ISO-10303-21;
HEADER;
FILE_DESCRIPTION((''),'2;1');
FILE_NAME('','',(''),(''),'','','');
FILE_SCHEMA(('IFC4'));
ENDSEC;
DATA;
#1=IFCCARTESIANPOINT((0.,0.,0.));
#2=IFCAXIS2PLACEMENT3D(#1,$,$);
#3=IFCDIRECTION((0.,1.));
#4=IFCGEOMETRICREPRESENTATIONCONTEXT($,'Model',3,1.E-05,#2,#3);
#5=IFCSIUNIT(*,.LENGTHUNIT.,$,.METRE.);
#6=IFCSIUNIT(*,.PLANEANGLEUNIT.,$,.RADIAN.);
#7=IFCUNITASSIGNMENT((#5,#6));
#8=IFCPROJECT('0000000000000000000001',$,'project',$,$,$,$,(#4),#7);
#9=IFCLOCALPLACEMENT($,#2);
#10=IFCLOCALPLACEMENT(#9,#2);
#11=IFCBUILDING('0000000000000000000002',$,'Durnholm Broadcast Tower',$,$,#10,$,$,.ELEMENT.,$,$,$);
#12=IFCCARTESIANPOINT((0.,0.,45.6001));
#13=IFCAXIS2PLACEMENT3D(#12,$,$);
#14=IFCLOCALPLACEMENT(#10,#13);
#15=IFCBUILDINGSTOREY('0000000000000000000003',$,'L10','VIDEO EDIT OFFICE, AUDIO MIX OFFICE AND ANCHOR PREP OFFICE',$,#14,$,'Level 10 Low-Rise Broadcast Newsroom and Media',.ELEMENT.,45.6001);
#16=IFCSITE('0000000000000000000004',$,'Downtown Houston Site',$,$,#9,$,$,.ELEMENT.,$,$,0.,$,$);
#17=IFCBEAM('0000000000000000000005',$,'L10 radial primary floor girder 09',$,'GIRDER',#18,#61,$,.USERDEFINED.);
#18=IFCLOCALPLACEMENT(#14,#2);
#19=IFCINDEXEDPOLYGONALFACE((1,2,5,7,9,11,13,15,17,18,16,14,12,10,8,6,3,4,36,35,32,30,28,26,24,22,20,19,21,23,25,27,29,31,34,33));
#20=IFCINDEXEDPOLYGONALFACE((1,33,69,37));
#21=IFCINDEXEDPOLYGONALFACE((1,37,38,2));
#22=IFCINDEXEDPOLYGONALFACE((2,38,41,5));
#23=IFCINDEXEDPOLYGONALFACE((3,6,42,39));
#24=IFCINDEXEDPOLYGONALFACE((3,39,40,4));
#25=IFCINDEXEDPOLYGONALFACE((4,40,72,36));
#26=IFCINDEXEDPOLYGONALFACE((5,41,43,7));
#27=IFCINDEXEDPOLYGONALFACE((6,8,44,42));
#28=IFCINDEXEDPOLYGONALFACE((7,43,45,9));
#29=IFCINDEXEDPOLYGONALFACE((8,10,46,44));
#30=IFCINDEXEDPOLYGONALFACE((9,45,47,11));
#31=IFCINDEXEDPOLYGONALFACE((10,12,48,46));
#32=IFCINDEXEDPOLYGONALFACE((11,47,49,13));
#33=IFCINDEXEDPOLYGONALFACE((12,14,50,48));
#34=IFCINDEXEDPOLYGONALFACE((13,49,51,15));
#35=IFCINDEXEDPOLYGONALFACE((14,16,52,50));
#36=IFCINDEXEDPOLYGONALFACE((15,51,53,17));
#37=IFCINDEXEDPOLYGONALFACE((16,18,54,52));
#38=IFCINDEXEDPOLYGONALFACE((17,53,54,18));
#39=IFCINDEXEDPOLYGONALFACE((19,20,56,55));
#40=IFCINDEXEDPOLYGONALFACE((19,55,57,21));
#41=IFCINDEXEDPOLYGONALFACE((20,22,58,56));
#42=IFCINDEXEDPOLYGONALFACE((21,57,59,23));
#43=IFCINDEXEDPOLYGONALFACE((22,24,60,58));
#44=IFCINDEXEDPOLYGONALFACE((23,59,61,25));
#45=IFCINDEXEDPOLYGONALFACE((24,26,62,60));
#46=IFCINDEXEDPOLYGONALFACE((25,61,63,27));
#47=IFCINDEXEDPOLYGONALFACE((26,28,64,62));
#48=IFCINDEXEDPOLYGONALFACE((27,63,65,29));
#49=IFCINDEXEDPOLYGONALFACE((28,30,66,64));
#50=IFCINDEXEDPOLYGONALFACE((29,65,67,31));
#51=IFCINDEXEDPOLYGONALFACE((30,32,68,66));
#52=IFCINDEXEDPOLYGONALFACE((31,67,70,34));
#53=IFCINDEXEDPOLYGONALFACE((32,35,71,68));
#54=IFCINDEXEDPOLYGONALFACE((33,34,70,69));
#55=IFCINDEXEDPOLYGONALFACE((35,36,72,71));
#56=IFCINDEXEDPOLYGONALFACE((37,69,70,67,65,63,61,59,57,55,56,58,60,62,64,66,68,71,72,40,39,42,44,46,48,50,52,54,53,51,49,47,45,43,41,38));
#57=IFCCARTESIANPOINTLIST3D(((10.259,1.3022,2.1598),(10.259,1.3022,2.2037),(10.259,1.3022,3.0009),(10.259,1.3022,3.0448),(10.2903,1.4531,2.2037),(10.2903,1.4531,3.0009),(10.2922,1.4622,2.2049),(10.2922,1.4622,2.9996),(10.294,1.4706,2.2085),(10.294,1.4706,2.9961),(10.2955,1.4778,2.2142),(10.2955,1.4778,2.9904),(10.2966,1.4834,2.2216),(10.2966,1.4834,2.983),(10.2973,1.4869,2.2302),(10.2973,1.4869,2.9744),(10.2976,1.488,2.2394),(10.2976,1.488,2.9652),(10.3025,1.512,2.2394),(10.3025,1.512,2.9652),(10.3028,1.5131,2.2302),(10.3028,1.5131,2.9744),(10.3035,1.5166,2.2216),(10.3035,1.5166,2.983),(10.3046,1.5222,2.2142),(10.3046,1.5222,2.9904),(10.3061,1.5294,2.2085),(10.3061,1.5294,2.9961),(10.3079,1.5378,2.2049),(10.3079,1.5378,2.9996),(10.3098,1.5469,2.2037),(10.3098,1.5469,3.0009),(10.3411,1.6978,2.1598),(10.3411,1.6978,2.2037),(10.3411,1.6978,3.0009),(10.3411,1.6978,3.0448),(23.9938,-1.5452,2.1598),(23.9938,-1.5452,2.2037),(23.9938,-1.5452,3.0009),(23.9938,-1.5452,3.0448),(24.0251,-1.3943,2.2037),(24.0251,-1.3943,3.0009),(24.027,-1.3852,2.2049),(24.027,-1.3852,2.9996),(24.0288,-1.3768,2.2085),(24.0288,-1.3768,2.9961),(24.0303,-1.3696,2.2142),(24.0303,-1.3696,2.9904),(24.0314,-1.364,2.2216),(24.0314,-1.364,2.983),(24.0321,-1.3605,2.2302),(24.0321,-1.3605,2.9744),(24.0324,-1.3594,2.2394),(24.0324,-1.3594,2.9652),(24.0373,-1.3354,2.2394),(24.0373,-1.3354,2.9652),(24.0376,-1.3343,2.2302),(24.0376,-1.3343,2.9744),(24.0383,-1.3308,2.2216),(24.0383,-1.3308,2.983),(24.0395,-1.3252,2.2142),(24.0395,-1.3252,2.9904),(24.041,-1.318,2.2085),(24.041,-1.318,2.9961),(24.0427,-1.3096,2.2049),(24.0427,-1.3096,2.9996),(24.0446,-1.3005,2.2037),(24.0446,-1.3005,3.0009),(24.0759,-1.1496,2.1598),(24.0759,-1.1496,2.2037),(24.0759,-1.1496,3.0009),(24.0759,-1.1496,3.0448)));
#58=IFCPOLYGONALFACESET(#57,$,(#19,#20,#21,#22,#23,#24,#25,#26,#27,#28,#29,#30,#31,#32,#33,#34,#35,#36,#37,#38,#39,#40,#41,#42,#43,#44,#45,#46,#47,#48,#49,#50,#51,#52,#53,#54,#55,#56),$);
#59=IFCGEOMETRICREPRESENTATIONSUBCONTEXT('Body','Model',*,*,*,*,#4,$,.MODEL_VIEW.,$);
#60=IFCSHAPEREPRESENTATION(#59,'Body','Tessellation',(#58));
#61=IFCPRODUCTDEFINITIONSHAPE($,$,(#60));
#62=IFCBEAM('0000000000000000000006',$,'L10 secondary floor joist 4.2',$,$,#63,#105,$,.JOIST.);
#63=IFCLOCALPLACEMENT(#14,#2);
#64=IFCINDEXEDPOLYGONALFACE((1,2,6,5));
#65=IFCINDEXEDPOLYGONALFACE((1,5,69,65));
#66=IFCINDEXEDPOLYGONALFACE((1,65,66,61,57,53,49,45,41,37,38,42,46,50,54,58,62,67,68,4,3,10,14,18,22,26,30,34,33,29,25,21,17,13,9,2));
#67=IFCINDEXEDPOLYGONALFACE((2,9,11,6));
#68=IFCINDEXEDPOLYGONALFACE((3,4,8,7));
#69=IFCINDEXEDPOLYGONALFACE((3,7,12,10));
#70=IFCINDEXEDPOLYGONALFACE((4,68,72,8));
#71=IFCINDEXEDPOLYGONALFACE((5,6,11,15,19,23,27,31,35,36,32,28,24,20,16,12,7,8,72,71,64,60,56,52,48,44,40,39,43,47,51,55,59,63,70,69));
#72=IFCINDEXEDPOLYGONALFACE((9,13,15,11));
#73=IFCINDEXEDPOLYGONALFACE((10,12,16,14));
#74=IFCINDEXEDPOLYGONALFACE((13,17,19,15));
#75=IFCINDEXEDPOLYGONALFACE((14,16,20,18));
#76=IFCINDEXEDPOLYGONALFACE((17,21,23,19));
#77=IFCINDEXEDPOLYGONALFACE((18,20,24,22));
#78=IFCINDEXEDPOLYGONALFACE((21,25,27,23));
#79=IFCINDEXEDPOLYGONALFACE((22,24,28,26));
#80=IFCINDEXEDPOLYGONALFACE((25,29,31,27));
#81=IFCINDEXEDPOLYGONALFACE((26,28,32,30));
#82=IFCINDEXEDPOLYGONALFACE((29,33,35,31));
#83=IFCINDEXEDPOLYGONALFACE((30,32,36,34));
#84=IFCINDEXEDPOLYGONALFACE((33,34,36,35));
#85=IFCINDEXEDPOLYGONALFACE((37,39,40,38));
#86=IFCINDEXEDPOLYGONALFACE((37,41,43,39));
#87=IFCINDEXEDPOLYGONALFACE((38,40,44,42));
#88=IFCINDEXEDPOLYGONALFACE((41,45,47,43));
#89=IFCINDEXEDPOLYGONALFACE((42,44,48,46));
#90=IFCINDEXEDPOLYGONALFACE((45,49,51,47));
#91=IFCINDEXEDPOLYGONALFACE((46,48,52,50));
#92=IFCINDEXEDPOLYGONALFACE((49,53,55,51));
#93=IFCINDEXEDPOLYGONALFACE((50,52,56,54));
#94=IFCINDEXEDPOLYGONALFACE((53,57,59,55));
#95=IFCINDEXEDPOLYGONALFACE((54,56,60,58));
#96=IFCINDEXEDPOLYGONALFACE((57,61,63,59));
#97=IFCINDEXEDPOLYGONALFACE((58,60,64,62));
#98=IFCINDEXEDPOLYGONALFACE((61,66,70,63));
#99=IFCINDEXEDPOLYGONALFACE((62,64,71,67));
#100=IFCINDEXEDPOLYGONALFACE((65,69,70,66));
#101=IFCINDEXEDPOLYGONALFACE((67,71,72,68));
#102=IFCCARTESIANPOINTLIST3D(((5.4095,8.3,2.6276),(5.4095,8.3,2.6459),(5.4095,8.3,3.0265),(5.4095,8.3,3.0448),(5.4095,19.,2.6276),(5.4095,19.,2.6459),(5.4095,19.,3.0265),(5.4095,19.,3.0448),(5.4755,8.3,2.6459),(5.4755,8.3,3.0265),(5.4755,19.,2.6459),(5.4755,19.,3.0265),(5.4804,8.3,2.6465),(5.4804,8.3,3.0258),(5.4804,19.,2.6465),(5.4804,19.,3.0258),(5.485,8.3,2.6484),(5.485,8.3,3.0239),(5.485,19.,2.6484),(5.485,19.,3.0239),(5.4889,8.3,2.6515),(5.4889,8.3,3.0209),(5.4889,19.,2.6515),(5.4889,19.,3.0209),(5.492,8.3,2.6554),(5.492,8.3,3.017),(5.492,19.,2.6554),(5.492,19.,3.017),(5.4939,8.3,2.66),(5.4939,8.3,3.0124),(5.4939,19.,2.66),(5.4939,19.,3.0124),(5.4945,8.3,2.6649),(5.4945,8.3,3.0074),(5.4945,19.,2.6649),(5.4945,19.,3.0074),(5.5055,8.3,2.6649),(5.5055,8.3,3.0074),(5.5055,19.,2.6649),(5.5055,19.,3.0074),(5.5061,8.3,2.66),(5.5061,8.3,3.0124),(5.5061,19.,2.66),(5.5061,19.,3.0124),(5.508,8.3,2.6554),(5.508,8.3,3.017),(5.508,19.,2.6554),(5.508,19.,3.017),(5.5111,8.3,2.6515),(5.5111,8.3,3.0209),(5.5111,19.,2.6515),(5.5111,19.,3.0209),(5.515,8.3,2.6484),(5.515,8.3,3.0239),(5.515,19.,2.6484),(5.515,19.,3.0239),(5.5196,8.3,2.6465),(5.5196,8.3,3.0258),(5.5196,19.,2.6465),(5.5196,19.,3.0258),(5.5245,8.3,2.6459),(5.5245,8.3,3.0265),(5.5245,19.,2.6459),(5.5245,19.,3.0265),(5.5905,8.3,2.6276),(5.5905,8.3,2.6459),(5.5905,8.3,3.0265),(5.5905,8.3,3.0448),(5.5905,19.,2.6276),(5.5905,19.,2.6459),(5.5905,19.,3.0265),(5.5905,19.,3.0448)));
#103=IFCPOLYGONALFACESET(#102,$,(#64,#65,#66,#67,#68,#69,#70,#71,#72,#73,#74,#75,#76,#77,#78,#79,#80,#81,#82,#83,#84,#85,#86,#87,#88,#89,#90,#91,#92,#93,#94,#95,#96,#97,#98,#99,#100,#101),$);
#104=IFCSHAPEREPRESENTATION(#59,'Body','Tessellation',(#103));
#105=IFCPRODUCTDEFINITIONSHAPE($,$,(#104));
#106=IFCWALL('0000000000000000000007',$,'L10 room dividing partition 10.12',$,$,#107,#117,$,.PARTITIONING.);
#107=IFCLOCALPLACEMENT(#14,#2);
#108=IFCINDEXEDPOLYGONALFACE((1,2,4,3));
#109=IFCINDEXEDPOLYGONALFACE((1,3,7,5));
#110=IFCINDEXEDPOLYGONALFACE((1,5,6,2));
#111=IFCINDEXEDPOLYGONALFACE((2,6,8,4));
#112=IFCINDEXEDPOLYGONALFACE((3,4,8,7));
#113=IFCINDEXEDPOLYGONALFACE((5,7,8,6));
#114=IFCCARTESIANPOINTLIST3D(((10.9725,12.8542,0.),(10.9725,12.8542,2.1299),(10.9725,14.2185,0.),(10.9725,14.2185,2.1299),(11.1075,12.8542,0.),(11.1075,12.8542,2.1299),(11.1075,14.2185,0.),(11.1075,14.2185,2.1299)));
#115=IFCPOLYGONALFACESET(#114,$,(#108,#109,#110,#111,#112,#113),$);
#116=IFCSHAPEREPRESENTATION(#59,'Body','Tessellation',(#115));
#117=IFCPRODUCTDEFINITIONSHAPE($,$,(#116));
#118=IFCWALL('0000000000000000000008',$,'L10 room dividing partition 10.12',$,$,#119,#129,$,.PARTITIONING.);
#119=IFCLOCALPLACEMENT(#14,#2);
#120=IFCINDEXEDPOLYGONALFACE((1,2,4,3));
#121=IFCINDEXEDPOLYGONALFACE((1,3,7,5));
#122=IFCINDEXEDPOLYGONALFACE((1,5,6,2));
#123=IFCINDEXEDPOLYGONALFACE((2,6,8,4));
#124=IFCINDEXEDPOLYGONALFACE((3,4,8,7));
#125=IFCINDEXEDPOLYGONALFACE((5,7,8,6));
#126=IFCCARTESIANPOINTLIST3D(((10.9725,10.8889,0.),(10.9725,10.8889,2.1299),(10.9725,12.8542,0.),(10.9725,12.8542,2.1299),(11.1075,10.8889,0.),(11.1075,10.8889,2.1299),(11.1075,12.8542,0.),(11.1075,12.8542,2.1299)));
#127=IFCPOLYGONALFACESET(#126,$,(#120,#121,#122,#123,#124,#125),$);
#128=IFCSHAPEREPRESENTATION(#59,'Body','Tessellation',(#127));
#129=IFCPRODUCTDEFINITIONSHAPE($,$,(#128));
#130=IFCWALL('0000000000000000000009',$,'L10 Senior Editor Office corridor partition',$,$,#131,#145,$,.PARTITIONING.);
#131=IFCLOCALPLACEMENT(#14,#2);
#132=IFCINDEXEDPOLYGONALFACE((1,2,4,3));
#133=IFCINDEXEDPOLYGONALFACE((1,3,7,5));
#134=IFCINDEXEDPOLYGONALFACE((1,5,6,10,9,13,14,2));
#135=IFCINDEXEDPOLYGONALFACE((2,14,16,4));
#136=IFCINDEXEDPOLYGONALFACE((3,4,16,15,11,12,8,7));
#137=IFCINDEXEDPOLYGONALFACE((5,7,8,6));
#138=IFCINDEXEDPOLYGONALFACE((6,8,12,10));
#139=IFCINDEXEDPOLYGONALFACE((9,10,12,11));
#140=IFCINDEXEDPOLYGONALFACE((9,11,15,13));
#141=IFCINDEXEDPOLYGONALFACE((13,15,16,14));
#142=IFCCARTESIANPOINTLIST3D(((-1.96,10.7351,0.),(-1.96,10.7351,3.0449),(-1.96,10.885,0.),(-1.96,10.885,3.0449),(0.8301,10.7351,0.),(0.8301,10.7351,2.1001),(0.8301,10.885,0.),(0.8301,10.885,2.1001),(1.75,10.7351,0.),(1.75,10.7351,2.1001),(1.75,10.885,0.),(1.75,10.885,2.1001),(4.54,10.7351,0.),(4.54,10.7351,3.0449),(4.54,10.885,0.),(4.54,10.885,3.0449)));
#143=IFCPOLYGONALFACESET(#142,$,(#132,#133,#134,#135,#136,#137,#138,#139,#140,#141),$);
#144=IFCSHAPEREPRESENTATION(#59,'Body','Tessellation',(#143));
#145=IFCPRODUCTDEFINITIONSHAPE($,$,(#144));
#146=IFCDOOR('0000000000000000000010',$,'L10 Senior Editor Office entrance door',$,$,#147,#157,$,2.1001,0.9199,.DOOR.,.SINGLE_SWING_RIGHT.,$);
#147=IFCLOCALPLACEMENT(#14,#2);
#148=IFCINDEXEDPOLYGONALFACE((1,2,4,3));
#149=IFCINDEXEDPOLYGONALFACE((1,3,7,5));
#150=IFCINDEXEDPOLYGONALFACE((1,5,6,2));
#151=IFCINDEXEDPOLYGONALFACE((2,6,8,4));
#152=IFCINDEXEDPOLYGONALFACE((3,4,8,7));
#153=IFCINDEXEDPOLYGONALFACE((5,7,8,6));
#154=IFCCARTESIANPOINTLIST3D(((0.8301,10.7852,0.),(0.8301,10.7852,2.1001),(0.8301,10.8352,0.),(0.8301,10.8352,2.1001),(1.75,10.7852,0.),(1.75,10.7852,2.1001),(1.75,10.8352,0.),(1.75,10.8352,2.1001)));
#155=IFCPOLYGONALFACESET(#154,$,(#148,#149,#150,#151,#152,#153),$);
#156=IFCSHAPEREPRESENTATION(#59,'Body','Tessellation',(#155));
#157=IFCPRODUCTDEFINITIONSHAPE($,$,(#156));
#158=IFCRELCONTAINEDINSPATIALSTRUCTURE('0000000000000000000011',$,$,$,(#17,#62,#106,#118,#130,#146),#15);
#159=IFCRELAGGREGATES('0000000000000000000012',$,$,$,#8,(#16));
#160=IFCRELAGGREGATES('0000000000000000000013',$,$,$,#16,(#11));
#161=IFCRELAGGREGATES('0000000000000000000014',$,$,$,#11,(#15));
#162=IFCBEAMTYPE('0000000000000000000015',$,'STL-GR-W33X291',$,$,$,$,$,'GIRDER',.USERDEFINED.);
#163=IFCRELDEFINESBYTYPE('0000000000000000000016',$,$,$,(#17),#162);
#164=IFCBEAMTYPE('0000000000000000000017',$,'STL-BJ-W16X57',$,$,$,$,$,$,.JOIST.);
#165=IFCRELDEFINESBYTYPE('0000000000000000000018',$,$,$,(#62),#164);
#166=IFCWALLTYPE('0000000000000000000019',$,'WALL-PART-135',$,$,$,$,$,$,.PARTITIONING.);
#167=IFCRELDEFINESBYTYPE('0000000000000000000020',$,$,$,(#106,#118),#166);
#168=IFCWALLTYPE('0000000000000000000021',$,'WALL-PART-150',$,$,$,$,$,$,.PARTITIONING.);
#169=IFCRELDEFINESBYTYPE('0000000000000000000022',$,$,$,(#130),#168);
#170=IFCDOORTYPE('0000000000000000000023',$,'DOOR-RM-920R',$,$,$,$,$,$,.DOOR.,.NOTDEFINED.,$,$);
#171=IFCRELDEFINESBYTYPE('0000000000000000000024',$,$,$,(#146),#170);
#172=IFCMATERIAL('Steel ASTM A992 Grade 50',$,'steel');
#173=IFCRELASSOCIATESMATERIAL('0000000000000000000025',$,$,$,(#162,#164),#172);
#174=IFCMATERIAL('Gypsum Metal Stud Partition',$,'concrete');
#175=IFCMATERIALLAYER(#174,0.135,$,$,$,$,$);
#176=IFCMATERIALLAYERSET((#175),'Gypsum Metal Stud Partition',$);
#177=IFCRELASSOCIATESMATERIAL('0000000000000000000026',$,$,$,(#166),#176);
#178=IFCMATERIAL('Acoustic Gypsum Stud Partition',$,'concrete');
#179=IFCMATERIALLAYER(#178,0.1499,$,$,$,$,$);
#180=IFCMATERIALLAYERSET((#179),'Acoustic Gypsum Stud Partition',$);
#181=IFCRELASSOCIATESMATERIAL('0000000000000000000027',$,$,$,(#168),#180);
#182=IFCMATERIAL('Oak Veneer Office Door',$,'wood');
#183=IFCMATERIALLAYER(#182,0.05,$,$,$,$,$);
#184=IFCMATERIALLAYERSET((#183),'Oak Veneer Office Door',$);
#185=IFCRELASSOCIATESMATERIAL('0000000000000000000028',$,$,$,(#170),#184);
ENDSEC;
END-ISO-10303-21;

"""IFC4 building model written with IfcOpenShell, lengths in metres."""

from ifc_helpers import new_model, si_unit, direction, frame, frame_2d, origin, origin_2d, place, context, subcontext, project, spatial, rectangle, i_section, extrude, source, transform, mapped, material, layer, layer_set, material_profile, profile_set, type_object, type_shapes, element, fill, save


model = new_model("IFC4")

# Units and contexts
model_context = context("Model", 3, precision=1e-05, world=origin(), true_north=direction((0.0, 1.0)))
body_context = subcontext(model_context, "Body", "Model", "MODEL_VIEW")
ifc_project = project(units=[si_unit("LENGTHUNIT", "METRE"), si_unit("PLANEANGLEUNIT", "RADIAN")], contexts=[model_context])

# Site, building, storey
site_placement = place(None, origin())
site = spatial("IfcSite", under=ifc_project, at=site_placement, Name="Downtown Houston Site", CompositionType="ELEMENT", RefElevation=0.0)
building_placement = place(site_placement, origin())
building = spatial("IfcBuilding", under=site, at=building_placement, Name="Durnholm Broadcast Tower", CompositionType="ELEMENT")
storey_placement = place(building_placement, frame((0.0, 0.0, 45.6001)))
storey = spatial("IfcBuildingStorey", under=building, at=storey_placement, Name="L10", Description="VIDEO EDIT OFFICE, AUDIO MIX OFFICE AND ANCHOR PREP OFFICE", LongName="Level 10 Low-Rise Broadcast Newsroom and Media", CompositionType="ELEMENT", Elevation=45.6001)

# Beams
ifc_material_1 = material(Name="Steel ASTM A992 Grade 50", Category="steel")
ifc_material_profile_1 = material_profile(ifc_material_1, i_section(OverallWidth=0.4041, OverallDepth=0.885, WebThickness=0.0244, FlangeThickness=0.0439, FilletRadius=0.0356, at=origin_2d()), Name="W33X291")
ifc_profile_set_1 = profile_set([ifc_material_profile_1], Name="Steel ASTM A992 Grade 50")
beam_type_1 = type_object("IfcBeamType", Name="STL-GR-W33X291", ElementType="GIRDER", PredefinedType="USERDEFINED", material=ifc_profile_set_1)
shared_shape_1 = source(origin(), body_context, "Body", "SweptSolid", [
    extrude(i_section(OverallWidth=0.4041, OverallDepth=0.885, WebThickness=0.0244, FlangeThickness=0.0439, FilletRadius=0.0356, at=origin_2d()), origin(), (0.0, 0.0, 1.0), 14.0269),
])
beam_1_placement = place(storey_placement, frame((10.3, 1.5, 2.6023), z_axis=(0.979179, -0.202996, 0.0), x_axis=(0.202996, 0.979179, 0.0)))
element("IfcBeam", 1, at=beam_1_placement, inside=storey, type_object=beam_type_1, Name="L10 radial primary floor girder 09", ObjectType="GIRDER", PredefinedType="USERDEFINED", context=body_context, shape_type="MappedRepresentation", body=[
    mapped(shared_shape_1, transform((0.0, 0.0, 0.0), x_axis=(1.0, 0.0, 0.0), y_axis=(0.0, 1.0, 0.0), z_axis=(0.0, 0.0, 1.0), scale=1.0)),
])
ifc_material_profile_2 = material_profile(ifc_material_1, i_section(OverallWidth=0.1809, OverallDepth=0.4172, WebThickness=0.011, FlangeThickness=0.0183, FilletRadius=0.019, at=origin_2d()), Name="W16X57")
ifc_profile_set_2 = profile_set([ifc_material_profile_2], Name="Steel ASTM A992 Grade 50")
beam_type_2 = type_object("IfcBeamType", Name="STL-BJ-W16X57", PredefinedType="JOIST", material=ifc_profile_set_2)
shared_shape_2 = source(origin(), body_context, "Body", "SweptSolid", [
    extrude(i_section(OverallWidth=0.1809, OverallDepth=0.4172, WebThickness=0.011, FlangeThickness=0.0183, FilletRadius=0.019, at=origin_2d()), origin(), (0.0, 0.0, 1.0), 10.7),
])
type_shapes(beam_type_2, [shared_shape_2])
beam_2_placement = place(storey_placement, frame((5.5, 8.3, 2.8362), z_axis=(0.0, 1.0, 0.0), x_axis=(-1.0, 0.0, 0.0)))
element("IfcBeam", 2, at=beam_2_placement, inside=storey, type_object=beam_type_2, Name="L10 secondary floor joist 4.2", PredefinedType="JOIST", context=body_context, shape_type="MappedRepresentation", body=[
    mapped(shared_shape_2, transform((0.0, 0.0, 0.0), x_axis=(1.0, 0.0, 0.0), y_axis=(0.0, 1.0, 0.0), z_axis=(0.0, 0.0, 1.0), scale=1.0)),
])

# Walls
ifc_material_2 = material(Name="Gypsum Metal Stud Partition", Category="concrete")
ifc_layer_1 = layer(ifc_material_2, 0.135)
ifc_layer_set_1 = layer_set([ifc_layer_1], Name="Gypsum Metal Stud Partition")
wall_type_1 = type_object("IfcWallType", Name="WALL-PART-135", PredefinedType="PARTITIONING", material=ifc_layer_set_1)
wall_1_placement = place(storey_placement, frame((11.04, 14.2185, 0.0), z_axis=(0.0, 0.0, 1.0), x_axis=(0.0, -1.0, 0.0)))
element("IfcWall", 3, at=wall_1_placement, inside=storey, type_object=wall_type_1, Name="L10 room dividing partition 10.12", PredefinedType="PARTITIONING", context=body_context, shape_type="SweptSolid", body=[
    extrude(rectangle(XDim=1.3643, YDim=0.135, at=frame_2d((0.6821, 0.0))), origin(), (0.0, 0.0, 1.0), 2.1299),
])
wall_2_placement = place(storey_placement, frame((11.04, 12.8542, 0.0), z_axis=(0.0, 0.0, 1.0), x_axis=(0.0, -1.0, 0.0)))
element("IfcWall", 4, at=wall_2_placement, inside=storey, type_object=wall_type_1, Name="L10 room dividing partition 10.12", PredefinedType="PARTITIONING", context=body_context, shape_type="SweptSolid", body=[
    extrude(rectangle(XDim=1.9653, YDim=0.135, at=frame_2d((0.9827, 0.0))), origin(), (0.0, 0.0, 1.0), 2.1299),
])

# Wall, opening, door
ifc_material_3 = material(Name="Acoustic Gypsum Stud Partition", Category="concrete")
ifc_layer_2 = layer(ifc_material_3, 0.1499)
ifc_layer_set_2 = layer_set([ifc_layer_2], Name="Acoustic Gypsum Stud Partition")
wall_type_2 = type_object("IfcWallType", Name="WALL-PART-150", PredefinedType="PARTITIONING", material=ifc_layer_set_2)
wall_3_placement = place(storey_placement, frame((4.54, 10.8101, 0.0), z_axis=(0.0, 0.0, 1.0), x_axis=(-1.0, 0.0, 0.0)))
wall_3 = element("IfcWall", 5, at=wall_3_placement, inside=storey, type_object=wall_type_2, Name="L10 Senior Editor Office corridor partition", PredefinedType="PARTITIONING", context=body_context, shape_type="SweptSolid", body=[
    extrude(rectangle(XDim=6.5, YDim=0.1499, at=frame_2d((3.25, 0.0))), origin(), (0.0, 0.0, 1.0), 3.0449),
])
opening_1_placement = place(wall_3_placement, frame((2.79, 0.0, 0.0)))
opening_1 = element("IfcOpeningElement", 6, at=opening_1_placement, cuts=wall_3, PredefinedType="OPENING", context=body_context, shape_type="SweptSolid", body=[
    extrude(rectangle(XDim=0.9199, YDim=2.1001, at=frame_2d((0.46, 1.05))), frame((0.0, 0.085, 0.0), z_axis=(0.0, -1.0, 0.0), x_axis=(1.0, 0.0, 0.0)), (0.0, 0.0, 1.0), 0.1699),
])
ifc_material_4 = material(Name="Oak Veneer Office Door", Category="wood")
ifc_layer_3 = layer(ifc_material_4, 0.05)
ifc_layer_set_3 = layer_set([ifc_layer_3], Name="Oak Veneer Office Door")
door_type_1 = type_object("IfcDoorType", Name="DOOR-RM-920R", OperationType="NOTDEFINED", PredefinedType="DOOR", material=ifc_layer_set_3)
shared_shape_3 = source(origin(), body_context, "Body", "SweptSolid", [
    extrude(rectangle(XDim=0.9199, YDim=2.1001, at=frame_2d((0.46, 1.05))), frame((0.0, 0.0249, 0.0), z_axis=(0.0, -1.0, 0.0), x_axis=(1.0, 0.0, 0.0)), (0.0, 0.0, 1.0), 0.05),
])
type_shapes(door_type_1, [shared_shape_3])
door_1_placement = place(opening_1_placement, origin())
door_1 = element("IfcDoor", 7, at=door_1_placement, inside=storey, type_object=door_type_1, Name="L10 Senior Editor Office entrance door", OperationType="SINGLE_SWING_RIGHT", OverallHeight=2.1001, OverallWidth=0.9199, PredefinedType="DOOR", context=body_context, shape_type="MappedRepresentation", body=[
    mapped(shared_shape_3, transform((0.0, 0.0, 0.0), x_axis=(1.0, 0.0, 0.0), y_axis=(0.0, 1.0, 0.0), z_axis=(0.0, 0.0, 1.0), scale=1.0)),
])
fill(opening_1, door_1)

save(model, "model.ifc")
